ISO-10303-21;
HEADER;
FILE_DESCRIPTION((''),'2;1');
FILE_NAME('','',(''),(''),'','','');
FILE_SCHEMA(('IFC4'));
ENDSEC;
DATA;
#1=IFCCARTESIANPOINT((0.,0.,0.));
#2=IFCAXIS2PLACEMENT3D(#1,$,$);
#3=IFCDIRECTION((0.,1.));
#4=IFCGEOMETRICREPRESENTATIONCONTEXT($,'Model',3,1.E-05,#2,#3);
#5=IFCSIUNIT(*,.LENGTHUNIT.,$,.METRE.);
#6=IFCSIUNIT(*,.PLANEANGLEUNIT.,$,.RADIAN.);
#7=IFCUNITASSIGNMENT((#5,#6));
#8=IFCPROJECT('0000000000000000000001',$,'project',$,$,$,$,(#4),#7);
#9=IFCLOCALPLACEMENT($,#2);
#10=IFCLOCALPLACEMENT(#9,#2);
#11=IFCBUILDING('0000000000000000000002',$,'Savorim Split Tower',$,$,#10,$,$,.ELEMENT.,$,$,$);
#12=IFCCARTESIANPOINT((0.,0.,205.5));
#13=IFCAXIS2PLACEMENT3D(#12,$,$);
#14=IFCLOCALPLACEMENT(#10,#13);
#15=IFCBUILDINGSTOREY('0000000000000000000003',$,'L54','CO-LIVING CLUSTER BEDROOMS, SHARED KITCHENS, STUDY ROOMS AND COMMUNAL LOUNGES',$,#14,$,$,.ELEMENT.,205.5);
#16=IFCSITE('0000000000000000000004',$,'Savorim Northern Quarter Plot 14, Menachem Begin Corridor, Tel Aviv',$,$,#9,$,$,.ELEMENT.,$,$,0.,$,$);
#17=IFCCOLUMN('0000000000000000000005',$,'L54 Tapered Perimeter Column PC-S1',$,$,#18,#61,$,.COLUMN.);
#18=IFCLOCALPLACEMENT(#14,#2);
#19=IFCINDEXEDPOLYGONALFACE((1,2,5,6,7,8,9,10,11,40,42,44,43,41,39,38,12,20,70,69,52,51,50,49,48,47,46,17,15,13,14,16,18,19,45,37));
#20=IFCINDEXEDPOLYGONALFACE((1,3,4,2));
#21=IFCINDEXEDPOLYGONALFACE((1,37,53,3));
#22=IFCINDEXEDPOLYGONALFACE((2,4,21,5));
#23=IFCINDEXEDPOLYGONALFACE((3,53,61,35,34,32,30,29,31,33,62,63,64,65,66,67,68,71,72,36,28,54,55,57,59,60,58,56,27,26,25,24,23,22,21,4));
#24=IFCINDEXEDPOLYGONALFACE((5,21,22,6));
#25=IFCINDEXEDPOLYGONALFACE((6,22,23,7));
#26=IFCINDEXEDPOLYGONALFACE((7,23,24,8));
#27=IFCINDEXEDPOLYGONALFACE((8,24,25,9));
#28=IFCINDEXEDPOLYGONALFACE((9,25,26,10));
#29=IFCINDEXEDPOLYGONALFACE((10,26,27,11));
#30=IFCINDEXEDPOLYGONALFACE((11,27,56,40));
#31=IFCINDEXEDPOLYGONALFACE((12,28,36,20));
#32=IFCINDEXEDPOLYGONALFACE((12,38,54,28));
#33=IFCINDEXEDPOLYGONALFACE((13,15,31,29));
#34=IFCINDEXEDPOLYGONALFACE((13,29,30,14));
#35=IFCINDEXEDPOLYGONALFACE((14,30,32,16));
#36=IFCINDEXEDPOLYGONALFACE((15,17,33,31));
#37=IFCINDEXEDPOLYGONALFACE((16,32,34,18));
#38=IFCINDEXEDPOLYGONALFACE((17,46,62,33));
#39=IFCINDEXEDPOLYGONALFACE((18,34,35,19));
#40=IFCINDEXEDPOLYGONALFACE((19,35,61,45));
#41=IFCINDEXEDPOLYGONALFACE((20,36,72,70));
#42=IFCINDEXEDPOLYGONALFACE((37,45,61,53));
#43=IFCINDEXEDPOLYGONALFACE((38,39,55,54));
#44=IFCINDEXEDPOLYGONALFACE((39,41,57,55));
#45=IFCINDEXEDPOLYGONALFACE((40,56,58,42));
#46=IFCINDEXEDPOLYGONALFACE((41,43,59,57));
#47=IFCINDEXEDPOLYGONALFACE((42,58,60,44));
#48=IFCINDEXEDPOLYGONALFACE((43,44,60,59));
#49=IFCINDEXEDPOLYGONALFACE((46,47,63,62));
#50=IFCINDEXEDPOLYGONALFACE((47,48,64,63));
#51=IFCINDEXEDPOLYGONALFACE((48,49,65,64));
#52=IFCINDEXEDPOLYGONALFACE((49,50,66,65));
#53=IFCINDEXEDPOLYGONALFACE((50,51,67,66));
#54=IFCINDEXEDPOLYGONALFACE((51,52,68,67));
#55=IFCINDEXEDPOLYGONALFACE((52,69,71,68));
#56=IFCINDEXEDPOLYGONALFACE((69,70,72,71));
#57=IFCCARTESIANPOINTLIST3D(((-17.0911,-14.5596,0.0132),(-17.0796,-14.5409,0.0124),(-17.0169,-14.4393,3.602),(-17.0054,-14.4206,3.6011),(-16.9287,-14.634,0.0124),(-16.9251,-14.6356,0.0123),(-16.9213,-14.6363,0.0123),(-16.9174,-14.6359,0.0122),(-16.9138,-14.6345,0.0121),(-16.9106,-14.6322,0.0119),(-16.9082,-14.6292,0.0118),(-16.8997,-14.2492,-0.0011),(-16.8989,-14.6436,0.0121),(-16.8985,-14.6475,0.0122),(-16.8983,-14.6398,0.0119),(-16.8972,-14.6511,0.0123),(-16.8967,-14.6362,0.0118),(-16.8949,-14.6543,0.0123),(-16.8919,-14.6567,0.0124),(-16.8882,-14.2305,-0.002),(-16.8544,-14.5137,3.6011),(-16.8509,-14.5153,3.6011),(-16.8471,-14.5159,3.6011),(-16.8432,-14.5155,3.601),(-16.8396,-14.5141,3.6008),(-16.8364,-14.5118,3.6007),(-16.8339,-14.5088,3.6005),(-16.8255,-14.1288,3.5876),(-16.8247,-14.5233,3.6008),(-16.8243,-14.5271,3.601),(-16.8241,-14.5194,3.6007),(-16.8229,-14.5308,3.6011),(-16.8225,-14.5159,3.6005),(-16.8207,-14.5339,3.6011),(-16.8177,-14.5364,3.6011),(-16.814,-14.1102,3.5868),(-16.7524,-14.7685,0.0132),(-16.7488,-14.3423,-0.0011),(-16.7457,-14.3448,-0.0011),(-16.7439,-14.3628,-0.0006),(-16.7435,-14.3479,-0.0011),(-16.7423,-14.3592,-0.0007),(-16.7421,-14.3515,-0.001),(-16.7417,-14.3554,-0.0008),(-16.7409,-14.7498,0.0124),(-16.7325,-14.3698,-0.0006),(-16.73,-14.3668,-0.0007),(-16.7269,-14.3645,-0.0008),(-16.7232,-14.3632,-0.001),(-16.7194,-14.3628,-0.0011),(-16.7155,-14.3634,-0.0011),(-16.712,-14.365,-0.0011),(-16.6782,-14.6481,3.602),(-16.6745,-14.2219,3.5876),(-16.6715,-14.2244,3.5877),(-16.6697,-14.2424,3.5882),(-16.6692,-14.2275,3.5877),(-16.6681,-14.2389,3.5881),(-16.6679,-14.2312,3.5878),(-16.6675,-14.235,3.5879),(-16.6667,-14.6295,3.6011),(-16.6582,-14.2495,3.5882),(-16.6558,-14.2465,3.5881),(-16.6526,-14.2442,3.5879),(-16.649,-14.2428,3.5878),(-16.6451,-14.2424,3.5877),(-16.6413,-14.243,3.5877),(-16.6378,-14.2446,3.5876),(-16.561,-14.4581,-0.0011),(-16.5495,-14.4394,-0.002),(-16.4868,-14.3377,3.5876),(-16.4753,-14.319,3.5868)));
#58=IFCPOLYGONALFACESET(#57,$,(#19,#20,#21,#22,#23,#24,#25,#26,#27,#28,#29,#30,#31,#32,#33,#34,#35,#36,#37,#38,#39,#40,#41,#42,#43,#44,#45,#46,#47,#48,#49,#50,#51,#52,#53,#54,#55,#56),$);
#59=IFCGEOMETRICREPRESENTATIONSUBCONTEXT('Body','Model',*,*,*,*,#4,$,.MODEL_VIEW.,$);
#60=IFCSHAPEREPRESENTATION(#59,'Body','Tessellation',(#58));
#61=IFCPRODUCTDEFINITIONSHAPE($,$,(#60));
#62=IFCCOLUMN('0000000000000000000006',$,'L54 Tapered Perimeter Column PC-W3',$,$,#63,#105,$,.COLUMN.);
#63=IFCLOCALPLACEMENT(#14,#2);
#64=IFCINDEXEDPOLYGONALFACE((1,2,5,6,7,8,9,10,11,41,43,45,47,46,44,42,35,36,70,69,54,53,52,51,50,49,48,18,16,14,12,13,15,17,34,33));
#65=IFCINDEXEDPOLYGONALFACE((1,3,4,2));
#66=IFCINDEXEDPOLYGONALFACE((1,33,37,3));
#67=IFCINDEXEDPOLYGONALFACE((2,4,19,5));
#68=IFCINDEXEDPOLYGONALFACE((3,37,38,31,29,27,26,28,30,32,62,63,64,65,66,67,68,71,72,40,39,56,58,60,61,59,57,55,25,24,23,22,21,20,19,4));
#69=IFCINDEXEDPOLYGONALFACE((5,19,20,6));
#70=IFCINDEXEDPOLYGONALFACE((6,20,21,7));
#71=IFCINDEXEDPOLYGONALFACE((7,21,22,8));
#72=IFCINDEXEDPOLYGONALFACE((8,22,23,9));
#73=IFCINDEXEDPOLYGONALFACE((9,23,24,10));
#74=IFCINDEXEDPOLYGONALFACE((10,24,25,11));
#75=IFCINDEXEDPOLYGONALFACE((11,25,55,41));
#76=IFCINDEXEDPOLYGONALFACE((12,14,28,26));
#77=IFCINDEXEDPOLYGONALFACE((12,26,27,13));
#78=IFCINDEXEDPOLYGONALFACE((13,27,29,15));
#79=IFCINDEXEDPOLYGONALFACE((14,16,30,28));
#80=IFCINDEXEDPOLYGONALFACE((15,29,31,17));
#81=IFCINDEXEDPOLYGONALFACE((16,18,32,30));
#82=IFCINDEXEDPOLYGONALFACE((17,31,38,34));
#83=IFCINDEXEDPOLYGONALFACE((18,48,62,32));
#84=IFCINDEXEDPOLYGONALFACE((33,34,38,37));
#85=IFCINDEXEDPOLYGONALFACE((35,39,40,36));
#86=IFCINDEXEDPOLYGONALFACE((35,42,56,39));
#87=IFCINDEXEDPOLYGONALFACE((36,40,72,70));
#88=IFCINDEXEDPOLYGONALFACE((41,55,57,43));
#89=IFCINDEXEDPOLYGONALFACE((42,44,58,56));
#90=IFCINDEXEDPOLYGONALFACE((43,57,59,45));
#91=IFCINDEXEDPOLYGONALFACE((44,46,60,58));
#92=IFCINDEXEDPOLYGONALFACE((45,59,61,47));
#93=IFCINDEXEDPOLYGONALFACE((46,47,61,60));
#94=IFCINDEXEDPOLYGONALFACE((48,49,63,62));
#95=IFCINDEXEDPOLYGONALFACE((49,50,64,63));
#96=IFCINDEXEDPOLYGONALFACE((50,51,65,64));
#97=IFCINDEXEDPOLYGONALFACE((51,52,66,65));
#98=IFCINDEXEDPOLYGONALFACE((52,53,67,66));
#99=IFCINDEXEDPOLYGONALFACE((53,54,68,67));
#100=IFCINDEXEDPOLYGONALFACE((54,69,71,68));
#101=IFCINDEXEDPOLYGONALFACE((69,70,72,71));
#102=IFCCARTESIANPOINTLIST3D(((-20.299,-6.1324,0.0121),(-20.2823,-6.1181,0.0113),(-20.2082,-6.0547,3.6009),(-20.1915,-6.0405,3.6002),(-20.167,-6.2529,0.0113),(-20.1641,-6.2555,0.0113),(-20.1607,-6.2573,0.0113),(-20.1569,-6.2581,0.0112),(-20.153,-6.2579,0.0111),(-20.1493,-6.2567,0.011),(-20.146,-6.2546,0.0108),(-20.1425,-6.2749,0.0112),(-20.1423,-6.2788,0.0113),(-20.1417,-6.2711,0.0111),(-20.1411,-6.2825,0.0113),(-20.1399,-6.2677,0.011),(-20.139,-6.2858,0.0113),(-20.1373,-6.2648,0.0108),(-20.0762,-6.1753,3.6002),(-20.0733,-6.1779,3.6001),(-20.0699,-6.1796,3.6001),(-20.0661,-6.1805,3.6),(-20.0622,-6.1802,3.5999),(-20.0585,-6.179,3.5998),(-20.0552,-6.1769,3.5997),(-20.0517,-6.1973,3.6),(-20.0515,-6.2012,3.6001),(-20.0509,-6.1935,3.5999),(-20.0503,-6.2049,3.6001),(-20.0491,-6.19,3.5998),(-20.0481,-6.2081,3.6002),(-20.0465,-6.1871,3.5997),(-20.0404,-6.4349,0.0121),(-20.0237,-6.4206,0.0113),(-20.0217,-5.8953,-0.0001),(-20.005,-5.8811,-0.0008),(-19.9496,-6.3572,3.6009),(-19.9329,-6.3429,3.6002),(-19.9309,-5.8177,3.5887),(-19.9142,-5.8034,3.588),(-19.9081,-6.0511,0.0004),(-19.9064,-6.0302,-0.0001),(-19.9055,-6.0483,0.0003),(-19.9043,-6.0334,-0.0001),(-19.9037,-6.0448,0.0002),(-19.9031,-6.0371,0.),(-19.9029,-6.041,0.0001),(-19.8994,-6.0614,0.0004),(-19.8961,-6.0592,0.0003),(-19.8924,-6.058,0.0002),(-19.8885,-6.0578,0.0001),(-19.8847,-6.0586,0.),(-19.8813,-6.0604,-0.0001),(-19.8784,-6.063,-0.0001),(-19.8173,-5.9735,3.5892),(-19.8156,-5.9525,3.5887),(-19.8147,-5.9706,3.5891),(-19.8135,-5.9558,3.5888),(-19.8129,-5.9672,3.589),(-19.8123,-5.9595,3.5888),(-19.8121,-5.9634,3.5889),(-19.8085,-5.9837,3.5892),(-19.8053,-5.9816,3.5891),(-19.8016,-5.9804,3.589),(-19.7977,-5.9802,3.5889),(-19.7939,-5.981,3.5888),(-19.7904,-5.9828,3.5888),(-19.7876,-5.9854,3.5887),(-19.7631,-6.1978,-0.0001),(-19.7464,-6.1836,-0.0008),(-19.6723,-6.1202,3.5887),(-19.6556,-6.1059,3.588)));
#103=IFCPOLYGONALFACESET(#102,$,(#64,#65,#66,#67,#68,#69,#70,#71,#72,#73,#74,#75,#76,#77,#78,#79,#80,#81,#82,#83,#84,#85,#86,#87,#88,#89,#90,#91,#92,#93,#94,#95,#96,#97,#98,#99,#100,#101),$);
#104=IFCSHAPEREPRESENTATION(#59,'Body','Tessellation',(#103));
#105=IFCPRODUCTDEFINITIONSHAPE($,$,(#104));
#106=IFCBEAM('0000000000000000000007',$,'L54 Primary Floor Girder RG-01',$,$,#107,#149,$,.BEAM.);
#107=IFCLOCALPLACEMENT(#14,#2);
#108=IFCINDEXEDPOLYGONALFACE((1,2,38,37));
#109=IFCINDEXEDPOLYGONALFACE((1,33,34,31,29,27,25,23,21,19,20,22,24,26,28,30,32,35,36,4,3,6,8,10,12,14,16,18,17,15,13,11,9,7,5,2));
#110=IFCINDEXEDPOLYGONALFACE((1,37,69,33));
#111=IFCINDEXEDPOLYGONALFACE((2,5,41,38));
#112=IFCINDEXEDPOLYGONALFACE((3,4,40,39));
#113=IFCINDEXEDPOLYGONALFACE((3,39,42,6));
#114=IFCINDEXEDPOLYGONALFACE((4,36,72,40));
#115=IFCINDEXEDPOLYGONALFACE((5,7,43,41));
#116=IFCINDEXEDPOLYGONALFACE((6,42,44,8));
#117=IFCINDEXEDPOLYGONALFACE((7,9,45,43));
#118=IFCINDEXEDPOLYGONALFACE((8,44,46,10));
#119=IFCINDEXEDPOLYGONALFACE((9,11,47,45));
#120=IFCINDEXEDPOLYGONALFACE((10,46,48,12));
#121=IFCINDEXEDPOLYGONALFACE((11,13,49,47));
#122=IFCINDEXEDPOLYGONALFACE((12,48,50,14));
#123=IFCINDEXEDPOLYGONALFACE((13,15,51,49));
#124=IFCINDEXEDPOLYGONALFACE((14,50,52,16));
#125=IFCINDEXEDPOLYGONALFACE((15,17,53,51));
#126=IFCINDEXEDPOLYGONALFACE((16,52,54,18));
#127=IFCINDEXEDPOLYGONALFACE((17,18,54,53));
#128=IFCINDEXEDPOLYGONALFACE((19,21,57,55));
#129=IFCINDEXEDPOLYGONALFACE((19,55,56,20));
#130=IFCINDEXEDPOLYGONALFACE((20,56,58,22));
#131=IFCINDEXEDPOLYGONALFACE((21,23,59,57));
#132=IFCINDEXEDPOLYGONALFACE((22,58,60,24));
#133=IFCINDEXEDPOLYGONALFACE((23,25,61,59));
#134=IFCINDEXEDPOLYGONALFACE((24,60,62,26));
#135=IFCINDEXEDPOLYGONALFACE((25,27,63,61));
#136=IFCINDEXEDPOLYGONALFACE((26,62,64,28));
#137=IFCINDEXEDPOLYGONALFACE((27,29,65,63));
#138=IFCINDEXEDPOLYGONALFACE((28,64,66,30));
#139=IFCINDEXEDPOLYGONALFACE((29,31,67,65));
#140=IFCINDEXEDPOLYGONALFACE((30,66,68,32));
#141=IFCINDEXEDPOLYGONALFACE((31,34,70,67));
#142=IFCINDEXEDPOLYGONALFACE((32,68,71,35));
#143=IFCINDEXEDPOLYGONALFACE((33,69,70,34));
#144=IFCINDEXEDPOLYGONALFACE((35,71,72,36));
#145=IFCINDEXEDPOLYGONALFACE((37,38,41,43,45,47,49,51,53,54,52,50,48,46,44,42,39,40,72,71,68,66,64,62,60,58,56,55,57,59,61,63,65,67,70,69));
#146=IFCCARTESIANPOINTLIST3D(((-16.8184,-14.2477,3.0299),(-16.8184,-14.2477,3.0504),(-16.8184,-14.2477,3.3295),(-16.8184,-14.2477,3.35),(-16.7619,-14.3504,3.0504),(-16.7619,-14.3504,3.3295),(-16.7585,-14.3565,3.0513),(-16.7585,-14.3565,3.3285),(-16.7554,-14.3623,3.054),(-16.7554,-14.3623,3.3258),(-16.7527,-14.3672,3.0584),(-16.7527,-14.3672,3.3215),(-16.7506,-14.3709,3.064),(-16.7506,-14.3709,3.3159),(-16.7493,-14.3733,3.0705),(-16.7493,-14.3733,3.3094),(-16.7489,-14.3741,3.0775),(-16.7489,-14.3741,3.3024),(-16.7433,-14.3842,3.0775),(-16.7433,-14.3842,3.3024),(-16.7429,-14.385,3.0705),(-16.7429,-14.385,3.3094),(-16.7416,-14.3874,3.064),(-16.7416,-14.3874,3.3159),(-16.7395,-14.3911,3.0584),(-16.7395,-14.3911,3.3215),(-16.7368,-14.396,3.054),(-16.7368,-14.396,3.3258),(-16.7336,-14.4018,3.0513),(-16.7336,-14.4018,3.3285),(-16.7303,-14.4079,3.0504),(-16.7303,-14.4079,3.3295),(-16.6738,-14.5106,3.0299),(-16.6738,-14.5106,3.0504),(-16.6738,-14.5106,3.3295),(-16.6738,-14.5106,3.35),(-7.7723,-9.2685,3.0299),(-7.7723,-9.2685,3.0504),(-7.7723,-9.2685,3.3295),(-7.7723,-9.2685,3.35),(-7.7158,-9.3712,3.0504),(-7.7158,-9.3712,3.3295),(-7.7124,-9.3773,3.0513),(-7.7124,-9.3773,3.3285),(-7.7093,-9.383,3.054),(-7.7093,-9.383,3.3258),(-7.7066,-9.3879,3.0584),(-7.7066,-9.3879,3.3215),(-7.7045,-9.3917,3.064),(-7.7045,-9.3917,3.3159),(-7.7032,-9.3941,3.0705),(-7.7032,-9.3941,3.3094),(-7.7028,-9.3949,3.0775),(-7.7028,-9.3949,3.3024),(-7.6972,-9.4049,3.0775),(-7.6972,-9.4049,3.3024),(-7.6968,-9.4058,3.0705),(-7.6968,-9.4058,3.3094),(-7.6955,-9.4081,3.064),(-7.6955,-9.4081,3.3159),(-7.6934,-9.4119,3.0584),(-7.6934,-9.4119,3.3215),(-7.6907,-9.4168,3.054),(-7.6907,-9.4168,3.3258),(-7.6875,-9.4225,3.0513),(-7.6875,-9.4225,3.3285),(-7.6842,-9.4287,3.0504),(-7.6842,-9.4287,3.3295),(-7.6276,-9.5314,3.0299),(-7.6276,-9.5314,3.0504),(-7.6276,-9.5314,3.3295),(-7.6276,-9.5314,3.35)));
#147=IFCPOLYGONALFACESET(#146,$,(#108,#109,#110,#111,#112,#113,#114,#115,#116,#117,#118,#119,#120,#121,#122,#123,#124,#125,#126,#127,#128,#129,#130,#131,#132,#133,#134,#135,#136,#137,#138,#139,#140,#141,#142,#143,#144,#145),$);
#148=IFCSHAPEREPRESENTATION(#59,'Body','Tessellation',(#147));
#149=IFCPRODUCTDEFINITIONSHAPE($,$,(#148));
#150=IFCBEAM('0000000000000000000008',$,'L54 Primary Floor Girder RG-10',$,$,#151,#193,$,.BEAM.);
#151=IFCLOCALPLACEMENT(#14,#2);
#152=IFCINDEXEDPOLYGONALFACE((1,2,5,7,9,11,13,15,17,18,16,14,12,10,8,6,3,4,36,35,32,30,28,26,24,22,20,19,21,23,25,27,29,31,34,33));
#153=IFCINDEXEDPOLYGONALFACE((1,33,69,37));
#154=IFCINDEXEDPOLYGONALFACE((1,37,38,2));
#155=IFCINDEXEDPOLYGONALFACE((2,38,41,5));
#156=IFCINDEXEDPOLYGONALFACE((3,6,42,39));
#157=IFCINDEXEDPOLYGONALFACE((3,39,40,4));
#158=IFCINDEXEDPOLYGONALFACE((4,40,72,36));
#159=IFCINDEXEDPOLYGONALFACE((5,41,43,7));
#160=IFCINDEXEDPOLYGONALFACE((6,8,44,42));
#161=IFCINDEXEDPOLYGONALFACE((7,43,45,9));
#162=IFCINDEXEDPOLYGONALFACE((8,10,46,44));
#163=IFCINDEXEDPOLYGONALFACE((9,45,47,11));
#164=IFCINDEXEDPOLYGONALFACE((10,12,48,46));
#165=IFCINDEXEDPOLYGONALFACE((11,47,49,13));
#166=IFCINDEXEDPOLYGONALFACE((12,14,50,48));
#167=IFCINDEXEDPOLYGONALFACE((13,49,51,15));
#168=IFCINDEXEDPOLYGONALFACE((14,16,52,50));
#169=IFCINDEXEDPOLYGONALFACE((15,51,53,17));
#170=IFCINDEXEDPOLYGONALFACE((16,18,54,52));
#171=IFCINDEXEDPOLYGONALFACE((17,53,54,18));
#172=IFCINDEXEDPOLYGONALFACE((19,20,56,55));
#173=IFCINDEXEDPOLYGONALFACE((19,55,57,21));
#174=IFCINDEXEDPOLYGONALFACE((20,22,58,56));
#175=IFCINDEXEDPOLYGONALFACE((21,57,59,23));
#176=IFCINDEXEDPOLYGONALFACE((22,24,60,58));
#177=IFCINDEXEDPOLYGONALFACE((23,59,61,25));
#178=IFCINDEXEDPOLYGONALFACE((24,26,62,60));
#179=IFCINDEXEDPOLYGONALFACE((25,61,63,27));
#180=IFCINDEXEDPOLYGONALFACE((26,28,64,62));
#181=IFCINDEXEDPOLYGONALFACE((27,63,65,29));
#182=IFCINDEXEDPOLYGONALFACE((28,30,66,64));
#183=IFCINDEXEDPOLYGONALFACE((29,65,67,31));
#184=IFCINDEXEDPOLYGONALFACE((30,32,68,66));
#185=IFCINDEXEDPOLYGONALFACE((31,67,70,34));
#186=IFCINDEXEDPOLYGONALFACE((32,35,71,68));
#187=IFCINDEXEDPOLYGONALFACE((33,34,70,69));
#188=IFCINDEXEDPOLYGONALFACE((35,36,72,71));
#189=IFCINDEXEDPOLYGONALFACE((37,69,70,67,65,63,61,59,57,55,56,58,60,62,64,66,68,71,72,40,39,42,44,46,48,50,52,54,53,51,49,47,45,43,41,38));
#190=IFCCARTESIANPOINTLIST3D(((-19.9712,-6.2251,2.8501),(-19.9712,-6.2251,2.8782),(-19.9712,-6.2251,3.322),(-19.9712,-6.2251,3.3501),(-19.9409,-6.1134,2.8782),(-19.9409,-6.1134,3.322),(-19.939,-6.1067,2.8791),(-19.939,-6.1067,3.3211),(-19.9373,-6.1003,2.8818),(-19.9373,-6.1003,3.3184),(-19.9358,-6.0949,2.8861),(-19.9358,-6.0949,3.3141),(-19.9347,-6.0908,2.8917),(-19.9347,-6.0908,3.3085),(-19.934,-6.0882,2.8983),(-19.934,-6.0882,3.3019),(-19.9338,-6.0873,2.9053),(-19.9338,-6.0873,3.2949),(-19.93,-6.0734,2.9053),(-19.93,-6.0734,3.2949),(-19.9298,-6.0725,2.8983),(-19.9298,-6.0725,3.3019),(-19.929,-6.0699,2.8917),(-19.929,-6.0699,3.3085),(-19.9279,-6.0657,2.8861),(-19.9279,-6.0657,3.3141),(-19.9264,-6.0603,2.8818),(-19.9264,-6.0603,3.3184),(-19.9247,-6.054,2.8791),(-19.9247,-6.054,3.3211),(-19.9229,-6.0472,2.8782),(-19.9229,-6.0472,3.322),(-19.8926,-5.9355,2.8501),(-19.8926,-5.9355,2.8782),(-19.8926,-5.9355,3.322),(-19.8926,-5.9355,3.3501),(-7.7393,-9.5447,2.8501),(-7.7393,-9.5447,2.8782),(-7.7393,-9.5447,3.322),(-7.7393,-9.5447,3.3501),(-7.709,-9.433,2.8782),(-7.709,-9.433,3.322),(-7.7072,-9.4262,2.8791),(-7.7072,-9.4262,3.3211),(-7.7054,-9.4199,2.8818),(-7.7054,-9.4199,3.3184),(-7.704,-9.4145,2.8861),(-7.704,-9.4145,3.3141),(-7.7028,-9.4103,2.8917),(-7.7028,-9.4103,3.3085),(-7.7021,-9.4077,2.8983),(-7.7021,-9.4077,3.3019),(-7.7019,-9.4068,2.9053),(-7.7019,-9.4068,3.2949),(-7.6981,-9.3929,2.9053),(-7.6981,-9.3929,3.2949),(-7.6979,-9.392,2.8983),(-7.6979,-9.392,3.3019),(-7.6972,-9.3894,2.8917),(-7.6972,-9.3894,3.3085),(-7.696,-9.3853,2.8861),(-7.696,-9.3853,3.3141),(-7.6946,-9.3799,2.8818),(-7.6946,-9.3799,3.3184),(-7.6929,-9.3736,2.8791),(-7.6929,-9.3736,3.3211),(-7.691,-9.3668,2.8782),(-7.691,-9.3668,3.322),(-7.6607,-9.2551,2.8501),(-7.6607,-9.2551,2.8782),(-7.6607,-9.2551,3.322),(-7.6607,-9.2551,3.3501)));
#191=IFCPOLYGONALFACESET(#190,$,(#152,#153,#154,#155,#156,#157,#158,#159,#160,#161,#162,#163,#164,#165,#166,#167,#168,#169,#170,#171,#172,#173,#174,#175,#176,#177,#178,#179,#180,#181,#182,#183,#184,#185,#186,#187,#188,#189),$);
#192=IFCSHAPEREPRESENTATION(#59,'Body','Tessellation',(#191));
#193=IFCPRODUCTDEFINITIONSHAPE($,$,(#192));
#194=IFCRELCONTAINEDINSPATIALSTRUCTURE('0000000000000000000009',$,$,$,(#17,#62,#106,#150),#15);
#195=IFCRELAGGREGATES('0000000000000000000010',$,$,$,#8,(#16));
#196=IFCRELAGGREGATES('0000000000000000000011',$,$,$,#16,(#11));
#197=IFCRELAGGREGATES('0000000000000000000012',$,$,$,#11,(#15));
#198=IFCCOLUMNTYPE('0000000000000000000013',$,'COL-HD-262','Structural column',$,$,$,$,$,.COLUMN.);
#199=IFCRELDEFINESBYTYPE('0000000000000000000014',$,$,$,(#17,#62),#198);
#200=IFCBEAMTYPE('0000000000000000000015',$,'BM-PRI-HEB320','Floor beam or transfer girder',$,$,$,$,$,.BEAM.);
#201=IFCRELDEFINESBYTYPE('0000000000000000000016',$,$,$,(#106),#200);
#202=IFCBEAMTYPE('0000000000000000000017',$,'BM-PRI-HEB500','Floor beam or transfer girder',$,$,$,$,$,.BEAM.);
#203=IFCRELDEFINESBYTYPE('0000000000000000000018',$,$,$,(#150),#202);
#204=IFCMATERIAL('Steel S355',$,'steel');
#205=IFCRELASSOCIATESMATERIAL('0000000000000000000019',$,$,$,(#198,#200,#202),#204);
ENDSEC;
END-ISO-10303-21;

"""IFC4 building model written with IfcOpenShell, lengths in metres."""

from ifc_helpers import new_model, si_unit, direction, frame, origin, origin_2d, place, context, subcontext, project, spatial, i_section, extrude, material, material_profile, profile_set, type_object, element, save


model = new_model("IFC4")

# Units and contexts
model_context = context("Model", 3, precision=1e-05, world=origin(), true_north=direction((0.0, 1.0)))
body_context = subcontext(model_context, "Body", "Model", "MODEL_VIEW")
ifc_project = project(units=[si_unit("LENGTHUNIT", "METRE"), si_unit("PLANEANGLEUNIT", "RADIAN")], contexts=[model_context])

# Site, building, storey
site_placement = place(None, origin())
site = spatial("IfcSite", under=ifc_project, at=site_placement, Name="Savorim Northern Quarter Plot 14, Menachem Begin Corridor, Tel Aviv", CompositionType="ELEMENT", RefElevation=0.0)
building_placement = place(site_placement, origin())
building = spatial("IfcBuilding", under=site, at=building_placement, Name="Savorim Split Tower", CompositionType="ELEMENT")
storey_placement = place(building_placement, frame((0.0, 0.0, 205.5)))
storey = spatial("IfcBuildingStorey", under=building, at=storey_placement, Name="L54", Description="CO-LIVING CLUSTER BEDROOMS, SHARED KITCHENS, STUDY ROOMS AND COMMUNAL LOUNGES", CompositionType="ELEMENT", Elevation=205.5)

# Columns
ifc_material_1 = material(Name="Steel S355", Category="steel")
ifc_material_profile_1 = material_profile(ifc_material_1, i_section(OverallWidth=0.3979, OverallDepth=0.387, WebThickness=0.0134, FlangeThickness=0.022, FilletRadius=0.0149, at=origin_2d()), Name="HD 400x262")
ifc_profile_set_1 = profile_set([ifc_material_profile_1], Name="Steel S355")
column_type = type_object("IfcColumnType", Name="COL-HD-262", Description="Structural column", PredefinedType="COLUMN", material=ifc_profile_set_1)
column_1_placement = place(storey_placement, frame((-16.8203, -14.4995, 0.0056), z_axis=(0.020664, 0.033511, 0.999225), x_axis=(-0.851184, 0.524868, 0.0)))
element("IfcColumn", 1, at=column_1_placement, inside=storey, type_object=column_type, Name="L54 Tapered Perimeter Column PC-S1", PredefinedType="COLUMN", context=body_context, shape_type="SweptSolid", body=[
    extrude(i_section(OverallWidth=0.3979, OverallDepth=0.387, WebThickness=0.0134, FlangeThickness=0.022, FilletRadius=0.0149, at=origin_2d()), origin(), (0.0, 0.0, 1.0), 3.5916),
])
column_2_placement = place(storey_placement, frame((-20.0227, -6.158, 0.0056), z_axis=(0.025292, 0.021621, 0.999446), x_axis=(-0.649781, 0.760121, 0.0)))
element("IfcColumn", 2, at=column_2_placement, inside=storey, type_object=column_type, Name="L54 Tapered Perimeter Column PC-W3", PredefinedType="COLUMN", context=body_context, shape_type="SweptSolid", body=[
    extrude(i_section(OverallWidth=0.3979, OverallDepth=0.387, WebThickness=0.0134, FlangeThickness=0.022, FilletRadius=0.0149, at=origin_2d()), origin(), (0.0, 0.0, 1.0), 3.5908),
])

# Beams
ifc_material_profile_2 = material_profile(ifc_material_1, i_section(OverallWidth=0.3, OverallDepth=0.3201, WebThickness=0.0115, FlangeThickness=0.0205, FilletRadius=0.0271, at=origin_2d()), Name="HEB 320")
ifc_profile_set_2 = profile_set([ifc_material_profile_2], Name="Steel S355")
beam_type_1 = type_object("IfcBeamType", Name="BM-PRI-HEB320", Description="Floor beam or transfer girder", PredefinedType="BEAM", material=ifc_profile_set_2)
beam_1_placement = place(storey_placement, frame((-16.7461, -14.3792, 3.1899), z_axis=(0.876058, 0.482206, 0.0), x_axis=(-0.482206, 0.876058, 0.0)))
element("IfcBeam", 3, at=beam_1_placement, inside=storey, type_object=beam_type_1, Name="L54 Primary Floor Girder RG-01", PredefinedType="BEAM", context=body_context, shape_type="SweptSolid", body=[
    extrude(i_section(OverallWidth=0.3, OverallDepth=0.3201, WebThickness=0.0115, FlangeThickness=0.0205, FilletRadius=0.0271, at=origin_2d()), origin(), (0.0, 0.0, 1.0), 10.3259),
])
ifc_material_profile_3 = material_profile(ifc_material_1, i_section(OverallWidth=0.3, OverallDepth=0.5, WebThickness=0.0144, FlangeThickness=0.0281, FilletRadius=0.0271, at=origin_2d()), Name="HEB 500")
ifc_profile_set_3 = profile_set([ifc_material_profile_3], Name="Steel S355")
beam_type_2 = type_object("IfcBeamType", Name="BM-PRI-HEB500", Description="Floor beam or transfer girder", PredefinedType="BEAM", material=ifc_profile_set_3)
beam_2_placement = place(storey_placement, frame((-19.9319, -6.0803, 3.1001), z_axis=(0.965092, -0.261913, 0.0), x_axis=(0.261913, 0.965092, 0.0)))
element("IfcBeam", 4, at=beam_2_placement, inside=storey, type_object=beam_type_2, Name="L54 Primary Floor Girder RG-10", PredefinedType="BEAM", context=body_context, shape_type="SweptSolid", body=[
    extrude(i_section(OverallWidth=0.3, OverallDepth=0.5, WebThickness=0.0144, FlangeThickness=0.0281, FilletRadius=0.0271, at=origin_2d()), origin(), (0.0, 0.0, 1.0), 12.6743),
])

save(model, "model.ifc")
